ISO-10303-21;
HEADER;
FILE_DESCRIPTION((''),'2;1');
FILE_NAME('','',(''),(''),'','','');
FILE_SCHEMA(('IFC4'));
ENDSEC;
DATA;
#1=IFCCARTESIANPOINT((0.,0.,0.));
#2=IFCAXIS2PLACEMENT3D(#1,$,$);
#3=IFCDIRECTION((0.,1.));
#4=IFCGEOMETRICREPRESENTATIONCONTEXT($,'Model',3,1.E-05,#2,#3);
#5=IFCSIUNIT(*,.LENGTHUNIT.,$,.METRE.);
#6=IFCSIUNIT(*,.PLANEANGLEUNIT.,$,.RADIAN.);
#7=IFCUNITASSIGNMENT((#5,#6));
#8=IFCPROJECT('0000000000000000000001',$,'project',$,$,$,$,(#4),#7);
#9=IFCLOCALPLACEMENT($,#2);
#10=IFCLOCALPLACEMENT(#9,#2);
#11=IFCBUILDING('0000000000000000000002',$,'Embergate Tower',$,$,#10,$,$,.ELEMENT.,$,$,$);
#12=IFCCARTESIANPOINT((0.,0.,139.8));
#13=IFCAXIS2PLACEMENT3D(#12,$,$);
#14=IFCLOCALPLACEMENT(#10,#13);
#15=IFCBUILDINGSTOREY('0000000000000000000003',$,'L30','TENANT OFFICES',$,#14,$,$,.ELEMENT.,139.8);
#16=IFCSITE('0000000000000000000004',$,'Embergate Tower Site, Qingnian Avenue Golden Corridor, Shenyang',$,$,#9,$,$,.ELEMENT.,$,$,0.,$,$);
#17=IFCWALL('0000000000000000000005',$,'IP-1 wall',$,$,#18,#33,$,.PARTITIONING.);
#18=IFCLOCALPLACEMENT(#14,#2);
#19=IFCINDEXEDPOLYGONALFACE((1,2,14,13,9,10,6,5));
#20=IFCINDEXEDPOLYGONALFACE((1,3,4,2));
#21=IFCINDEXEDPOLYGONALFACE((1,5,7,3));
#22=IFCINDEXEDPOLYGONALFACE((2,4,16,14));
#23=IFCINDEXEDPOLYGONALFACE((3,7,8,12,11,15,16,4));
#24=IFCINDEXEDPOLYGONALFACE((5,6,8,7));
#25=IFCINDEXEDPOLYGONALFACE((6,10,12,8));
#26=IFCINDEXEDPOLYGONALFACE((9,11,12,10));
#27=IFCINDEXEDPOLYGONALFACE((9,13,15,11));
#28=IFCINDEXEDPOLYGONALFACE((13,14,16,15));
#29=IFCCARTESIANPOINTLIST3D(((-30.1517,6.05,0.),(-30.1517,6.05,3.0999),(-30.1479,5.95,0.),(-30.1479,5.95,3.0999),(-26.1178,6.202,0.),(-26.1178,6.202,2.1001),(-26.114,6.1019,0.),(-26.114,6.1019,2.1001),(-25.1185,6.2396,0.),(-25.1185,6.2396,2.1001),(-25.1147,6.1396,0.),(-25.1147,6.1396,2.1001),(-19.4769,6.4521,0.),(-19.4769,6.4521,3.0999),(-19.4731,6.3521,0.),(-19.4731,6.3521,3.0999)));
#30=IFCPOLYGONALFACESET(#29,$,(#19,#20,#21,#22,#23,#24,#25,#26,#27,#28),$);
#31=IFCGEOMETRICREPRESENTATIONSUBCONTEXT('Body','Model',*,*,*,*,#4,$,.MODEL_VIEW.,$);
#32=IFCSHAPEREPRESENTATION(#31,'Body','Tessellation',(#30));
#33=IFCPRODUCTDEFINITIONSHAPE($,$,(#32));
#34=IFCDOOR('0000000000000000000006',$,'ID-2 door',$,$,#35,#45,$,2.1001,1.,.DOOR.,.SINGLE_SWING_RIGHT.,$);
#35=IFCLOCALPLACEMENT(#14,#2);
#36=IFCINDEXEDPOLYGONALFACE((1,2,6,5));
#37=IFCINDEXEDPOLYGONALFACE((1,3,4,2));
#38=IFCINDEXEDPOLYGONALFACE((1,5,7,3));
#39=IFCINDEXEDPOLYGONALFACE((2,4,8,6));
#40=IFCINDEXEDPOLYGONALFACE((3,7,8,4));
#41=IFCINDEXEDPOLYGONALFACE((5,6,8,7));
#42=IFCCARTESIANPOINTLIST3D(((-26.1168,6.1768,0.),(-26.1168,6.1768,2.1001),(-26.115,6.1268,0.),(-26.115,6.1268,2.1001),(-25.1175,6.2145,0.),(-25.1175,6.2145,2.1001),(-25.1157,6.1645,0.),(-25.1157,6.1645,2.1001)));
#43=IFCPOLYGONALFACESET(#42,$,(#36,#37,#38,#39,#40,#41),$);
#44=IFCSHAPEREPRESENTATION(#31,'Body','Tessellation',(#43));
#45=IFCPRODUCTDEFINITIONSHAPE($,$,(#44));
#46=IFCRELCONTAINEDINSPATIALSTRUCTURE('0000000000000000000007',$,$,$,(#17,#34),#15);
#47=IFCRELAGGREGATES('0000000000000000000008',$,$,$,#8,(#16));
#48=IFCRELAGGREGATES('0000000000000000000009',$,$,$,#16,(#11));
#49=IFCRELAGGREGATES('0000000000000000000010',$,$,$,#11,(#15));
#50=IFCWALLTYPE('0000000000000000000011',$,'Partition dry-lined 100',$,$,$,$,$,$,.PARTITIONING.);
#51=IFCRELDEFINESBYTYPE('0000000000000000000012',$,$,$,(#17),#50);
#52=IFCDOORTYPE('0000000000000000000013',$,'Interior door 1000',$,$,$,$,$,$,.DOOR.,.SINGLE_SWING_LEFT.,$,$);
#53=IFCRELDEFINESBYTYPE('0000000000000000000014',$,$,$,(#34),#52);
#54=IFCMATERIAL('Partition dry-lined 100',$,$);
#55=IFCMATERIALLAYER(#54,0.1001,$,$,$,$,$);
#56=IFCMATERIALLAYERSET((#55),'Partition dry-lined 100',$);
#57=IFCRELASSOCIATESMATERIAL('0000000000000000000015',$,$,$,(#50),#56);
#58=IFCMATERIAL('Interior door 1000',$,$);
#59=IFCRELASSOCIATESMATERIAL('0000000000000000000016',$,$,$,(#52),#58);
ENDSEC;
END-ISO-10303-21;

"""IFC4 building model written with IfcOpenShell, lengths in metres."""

from ifc_helpers import new_model, si_unit, direction, frame, frame_2d, origin, place, context, subcontext, project, spatial, rectangle, extrude, source, transform, mapped, material, layer, layer_set, type_object, element, fill, save


model = new_model("IFC4")

# Units and contexts
model_context = context("Model", 3, precision=1e-05, world=origin(), true_north=direction((0.0, 1.0)))
body_context = subcontext(model_context, "Body", "Model", "MODEL_VIEW")
ifc_project = project(units=[si_unit("LENGTHUNIT", "METRE"), si_unit("PLANEANGLEUNIT", "RADIAN")], contexts=[model_context])

# Site, building, storey
site_placement = place(None, origin())
site = spatial("IfcSite", under=ifc_project, at=site_placement, Name="Embergate Tower Site, Qingnian Avenue Golden Corridor, Shenyang", CompositionType="ELEMENT", RefElevation=0.0)
building_placement = place(site_placement, origin())
building = spatial("IfcBuilding", under=site, at=building_placement, Name="Embergate Tower", CompositionType="ELEMENT")
storey_placement = place(building_placement, frame((0.0, 0.0, 139.8)))
storey = spatial("IfcBuildingStorey", under=building, at=storey_placement, Name="L30", Description="TENANT OFFICES", CompositionType="ELEMENT", Elevation=139.8)

# Shared definitions
ifc_material_1 = material(Name="Partition dry-lined 100")
ifc_layer_1 = layer(ifc_material_1, 0.1001)
ifc_layer_set_1 = layer_set([ifc_layer_1], Name="Partition dry-lined 100")
wall_type_1 = type_object("IfcWallType", Name="Partition dry-lined 100", PredefinedType="PARTITIONING", material=ifc_layer_set_1)

# Wall, opening, door
shared_shape_1 = source(origin(), body_context, "Body", "SweptSolid", [
    extrude(rectangle(XDim=1.0, YDim=2.1001, at=frame_2d((0.5, 1.05))), frame((0.0, 0.0601, 0.0), z_axis=(0.0, -1.0, 0.0), x_axis=(1.0, 0.0, 0.0)), (0.0, 0.0, 1.0), 0.1201),
])
ifc_material_2 = material(Name="Interior door 1000")
door_type_1 = type_object("IfcDoorType", Name="Interior door 1000", OperationType="SINGLE_SWING_LEFT", PredefinedType="DOOR", material=ifc_material_2)
shared_shape_2 = source(origin(), body_context, "Body", "SweptSolid", [
    extrude(rectangle(XDim=1.0, YDim=2.1001, at=frame_2d((0.5, 1.05))), frame((0.0, 0.0249, 0.0), z_axis=(0.0, -1.0, 0.0), x_axis=(1.0, 0.0, 0.0)), (0.0, 0.0, 1.0), 0.05),
])
shared_shape_3 = source(origin(), body_context, "Body", "SweptSolid", [
    extrude(rectangle(XDim=10.6824, YDim=0.1001, at=frame_2d((5.3413, 0.0))), origin(), (0.0, 0.0, 1.0), 3.0999),
])
wall_1_placement = place(storey_placement, frame((-30.1499, 6.0, 0.0), z_axis=(0.0, 0.0, 1.0), x_axis=(0.999291, 0.037641, 0.0)))
wall_1 = element("IfcWall", 1, at=wall_1_placement, inside=storey, type_object=wall_type_1, Name="IP-1 wall", PredefinedType="PARTITIONING", context=body_context, shape_type="MappedRepresentation", body=[
    mapped(shared_shape_3, transform((0.0, 0.0, 0.0))),
])
opening_1_placement = place(wall_1_placement, frame((4.0369, 0.0, 0.0)))
opening_1 = element("IfcOpeningElement", 2, at=opening_1_placement, cuts=wall_1, PredefinedType="OPENING", context=body_context, shape_type="MappedRepresentation", body=[
    mapped(shared_shape_1, transform((0.0, 0.0, 0.0))),
])
door_1_placement = place(opening_1_placement, origin())
door_1 = element("IfcDoor", 3, at=door_1_placement, inside=storey, type_object=door_type_1, Name="ID-2 door", OperationType="SINGLE_SWING_RIGHT", OverallHeight=2.1001, OverallWidth=1.0, PredefinedType="DOOR", context=body_context, shape_type="MappedRepresentation", body=[
    mapped(shared_shape_2, transform((0.0, 0.0, 0.0))),
])
fill(opening_1, door_1)

save(model, "model.ifc")
